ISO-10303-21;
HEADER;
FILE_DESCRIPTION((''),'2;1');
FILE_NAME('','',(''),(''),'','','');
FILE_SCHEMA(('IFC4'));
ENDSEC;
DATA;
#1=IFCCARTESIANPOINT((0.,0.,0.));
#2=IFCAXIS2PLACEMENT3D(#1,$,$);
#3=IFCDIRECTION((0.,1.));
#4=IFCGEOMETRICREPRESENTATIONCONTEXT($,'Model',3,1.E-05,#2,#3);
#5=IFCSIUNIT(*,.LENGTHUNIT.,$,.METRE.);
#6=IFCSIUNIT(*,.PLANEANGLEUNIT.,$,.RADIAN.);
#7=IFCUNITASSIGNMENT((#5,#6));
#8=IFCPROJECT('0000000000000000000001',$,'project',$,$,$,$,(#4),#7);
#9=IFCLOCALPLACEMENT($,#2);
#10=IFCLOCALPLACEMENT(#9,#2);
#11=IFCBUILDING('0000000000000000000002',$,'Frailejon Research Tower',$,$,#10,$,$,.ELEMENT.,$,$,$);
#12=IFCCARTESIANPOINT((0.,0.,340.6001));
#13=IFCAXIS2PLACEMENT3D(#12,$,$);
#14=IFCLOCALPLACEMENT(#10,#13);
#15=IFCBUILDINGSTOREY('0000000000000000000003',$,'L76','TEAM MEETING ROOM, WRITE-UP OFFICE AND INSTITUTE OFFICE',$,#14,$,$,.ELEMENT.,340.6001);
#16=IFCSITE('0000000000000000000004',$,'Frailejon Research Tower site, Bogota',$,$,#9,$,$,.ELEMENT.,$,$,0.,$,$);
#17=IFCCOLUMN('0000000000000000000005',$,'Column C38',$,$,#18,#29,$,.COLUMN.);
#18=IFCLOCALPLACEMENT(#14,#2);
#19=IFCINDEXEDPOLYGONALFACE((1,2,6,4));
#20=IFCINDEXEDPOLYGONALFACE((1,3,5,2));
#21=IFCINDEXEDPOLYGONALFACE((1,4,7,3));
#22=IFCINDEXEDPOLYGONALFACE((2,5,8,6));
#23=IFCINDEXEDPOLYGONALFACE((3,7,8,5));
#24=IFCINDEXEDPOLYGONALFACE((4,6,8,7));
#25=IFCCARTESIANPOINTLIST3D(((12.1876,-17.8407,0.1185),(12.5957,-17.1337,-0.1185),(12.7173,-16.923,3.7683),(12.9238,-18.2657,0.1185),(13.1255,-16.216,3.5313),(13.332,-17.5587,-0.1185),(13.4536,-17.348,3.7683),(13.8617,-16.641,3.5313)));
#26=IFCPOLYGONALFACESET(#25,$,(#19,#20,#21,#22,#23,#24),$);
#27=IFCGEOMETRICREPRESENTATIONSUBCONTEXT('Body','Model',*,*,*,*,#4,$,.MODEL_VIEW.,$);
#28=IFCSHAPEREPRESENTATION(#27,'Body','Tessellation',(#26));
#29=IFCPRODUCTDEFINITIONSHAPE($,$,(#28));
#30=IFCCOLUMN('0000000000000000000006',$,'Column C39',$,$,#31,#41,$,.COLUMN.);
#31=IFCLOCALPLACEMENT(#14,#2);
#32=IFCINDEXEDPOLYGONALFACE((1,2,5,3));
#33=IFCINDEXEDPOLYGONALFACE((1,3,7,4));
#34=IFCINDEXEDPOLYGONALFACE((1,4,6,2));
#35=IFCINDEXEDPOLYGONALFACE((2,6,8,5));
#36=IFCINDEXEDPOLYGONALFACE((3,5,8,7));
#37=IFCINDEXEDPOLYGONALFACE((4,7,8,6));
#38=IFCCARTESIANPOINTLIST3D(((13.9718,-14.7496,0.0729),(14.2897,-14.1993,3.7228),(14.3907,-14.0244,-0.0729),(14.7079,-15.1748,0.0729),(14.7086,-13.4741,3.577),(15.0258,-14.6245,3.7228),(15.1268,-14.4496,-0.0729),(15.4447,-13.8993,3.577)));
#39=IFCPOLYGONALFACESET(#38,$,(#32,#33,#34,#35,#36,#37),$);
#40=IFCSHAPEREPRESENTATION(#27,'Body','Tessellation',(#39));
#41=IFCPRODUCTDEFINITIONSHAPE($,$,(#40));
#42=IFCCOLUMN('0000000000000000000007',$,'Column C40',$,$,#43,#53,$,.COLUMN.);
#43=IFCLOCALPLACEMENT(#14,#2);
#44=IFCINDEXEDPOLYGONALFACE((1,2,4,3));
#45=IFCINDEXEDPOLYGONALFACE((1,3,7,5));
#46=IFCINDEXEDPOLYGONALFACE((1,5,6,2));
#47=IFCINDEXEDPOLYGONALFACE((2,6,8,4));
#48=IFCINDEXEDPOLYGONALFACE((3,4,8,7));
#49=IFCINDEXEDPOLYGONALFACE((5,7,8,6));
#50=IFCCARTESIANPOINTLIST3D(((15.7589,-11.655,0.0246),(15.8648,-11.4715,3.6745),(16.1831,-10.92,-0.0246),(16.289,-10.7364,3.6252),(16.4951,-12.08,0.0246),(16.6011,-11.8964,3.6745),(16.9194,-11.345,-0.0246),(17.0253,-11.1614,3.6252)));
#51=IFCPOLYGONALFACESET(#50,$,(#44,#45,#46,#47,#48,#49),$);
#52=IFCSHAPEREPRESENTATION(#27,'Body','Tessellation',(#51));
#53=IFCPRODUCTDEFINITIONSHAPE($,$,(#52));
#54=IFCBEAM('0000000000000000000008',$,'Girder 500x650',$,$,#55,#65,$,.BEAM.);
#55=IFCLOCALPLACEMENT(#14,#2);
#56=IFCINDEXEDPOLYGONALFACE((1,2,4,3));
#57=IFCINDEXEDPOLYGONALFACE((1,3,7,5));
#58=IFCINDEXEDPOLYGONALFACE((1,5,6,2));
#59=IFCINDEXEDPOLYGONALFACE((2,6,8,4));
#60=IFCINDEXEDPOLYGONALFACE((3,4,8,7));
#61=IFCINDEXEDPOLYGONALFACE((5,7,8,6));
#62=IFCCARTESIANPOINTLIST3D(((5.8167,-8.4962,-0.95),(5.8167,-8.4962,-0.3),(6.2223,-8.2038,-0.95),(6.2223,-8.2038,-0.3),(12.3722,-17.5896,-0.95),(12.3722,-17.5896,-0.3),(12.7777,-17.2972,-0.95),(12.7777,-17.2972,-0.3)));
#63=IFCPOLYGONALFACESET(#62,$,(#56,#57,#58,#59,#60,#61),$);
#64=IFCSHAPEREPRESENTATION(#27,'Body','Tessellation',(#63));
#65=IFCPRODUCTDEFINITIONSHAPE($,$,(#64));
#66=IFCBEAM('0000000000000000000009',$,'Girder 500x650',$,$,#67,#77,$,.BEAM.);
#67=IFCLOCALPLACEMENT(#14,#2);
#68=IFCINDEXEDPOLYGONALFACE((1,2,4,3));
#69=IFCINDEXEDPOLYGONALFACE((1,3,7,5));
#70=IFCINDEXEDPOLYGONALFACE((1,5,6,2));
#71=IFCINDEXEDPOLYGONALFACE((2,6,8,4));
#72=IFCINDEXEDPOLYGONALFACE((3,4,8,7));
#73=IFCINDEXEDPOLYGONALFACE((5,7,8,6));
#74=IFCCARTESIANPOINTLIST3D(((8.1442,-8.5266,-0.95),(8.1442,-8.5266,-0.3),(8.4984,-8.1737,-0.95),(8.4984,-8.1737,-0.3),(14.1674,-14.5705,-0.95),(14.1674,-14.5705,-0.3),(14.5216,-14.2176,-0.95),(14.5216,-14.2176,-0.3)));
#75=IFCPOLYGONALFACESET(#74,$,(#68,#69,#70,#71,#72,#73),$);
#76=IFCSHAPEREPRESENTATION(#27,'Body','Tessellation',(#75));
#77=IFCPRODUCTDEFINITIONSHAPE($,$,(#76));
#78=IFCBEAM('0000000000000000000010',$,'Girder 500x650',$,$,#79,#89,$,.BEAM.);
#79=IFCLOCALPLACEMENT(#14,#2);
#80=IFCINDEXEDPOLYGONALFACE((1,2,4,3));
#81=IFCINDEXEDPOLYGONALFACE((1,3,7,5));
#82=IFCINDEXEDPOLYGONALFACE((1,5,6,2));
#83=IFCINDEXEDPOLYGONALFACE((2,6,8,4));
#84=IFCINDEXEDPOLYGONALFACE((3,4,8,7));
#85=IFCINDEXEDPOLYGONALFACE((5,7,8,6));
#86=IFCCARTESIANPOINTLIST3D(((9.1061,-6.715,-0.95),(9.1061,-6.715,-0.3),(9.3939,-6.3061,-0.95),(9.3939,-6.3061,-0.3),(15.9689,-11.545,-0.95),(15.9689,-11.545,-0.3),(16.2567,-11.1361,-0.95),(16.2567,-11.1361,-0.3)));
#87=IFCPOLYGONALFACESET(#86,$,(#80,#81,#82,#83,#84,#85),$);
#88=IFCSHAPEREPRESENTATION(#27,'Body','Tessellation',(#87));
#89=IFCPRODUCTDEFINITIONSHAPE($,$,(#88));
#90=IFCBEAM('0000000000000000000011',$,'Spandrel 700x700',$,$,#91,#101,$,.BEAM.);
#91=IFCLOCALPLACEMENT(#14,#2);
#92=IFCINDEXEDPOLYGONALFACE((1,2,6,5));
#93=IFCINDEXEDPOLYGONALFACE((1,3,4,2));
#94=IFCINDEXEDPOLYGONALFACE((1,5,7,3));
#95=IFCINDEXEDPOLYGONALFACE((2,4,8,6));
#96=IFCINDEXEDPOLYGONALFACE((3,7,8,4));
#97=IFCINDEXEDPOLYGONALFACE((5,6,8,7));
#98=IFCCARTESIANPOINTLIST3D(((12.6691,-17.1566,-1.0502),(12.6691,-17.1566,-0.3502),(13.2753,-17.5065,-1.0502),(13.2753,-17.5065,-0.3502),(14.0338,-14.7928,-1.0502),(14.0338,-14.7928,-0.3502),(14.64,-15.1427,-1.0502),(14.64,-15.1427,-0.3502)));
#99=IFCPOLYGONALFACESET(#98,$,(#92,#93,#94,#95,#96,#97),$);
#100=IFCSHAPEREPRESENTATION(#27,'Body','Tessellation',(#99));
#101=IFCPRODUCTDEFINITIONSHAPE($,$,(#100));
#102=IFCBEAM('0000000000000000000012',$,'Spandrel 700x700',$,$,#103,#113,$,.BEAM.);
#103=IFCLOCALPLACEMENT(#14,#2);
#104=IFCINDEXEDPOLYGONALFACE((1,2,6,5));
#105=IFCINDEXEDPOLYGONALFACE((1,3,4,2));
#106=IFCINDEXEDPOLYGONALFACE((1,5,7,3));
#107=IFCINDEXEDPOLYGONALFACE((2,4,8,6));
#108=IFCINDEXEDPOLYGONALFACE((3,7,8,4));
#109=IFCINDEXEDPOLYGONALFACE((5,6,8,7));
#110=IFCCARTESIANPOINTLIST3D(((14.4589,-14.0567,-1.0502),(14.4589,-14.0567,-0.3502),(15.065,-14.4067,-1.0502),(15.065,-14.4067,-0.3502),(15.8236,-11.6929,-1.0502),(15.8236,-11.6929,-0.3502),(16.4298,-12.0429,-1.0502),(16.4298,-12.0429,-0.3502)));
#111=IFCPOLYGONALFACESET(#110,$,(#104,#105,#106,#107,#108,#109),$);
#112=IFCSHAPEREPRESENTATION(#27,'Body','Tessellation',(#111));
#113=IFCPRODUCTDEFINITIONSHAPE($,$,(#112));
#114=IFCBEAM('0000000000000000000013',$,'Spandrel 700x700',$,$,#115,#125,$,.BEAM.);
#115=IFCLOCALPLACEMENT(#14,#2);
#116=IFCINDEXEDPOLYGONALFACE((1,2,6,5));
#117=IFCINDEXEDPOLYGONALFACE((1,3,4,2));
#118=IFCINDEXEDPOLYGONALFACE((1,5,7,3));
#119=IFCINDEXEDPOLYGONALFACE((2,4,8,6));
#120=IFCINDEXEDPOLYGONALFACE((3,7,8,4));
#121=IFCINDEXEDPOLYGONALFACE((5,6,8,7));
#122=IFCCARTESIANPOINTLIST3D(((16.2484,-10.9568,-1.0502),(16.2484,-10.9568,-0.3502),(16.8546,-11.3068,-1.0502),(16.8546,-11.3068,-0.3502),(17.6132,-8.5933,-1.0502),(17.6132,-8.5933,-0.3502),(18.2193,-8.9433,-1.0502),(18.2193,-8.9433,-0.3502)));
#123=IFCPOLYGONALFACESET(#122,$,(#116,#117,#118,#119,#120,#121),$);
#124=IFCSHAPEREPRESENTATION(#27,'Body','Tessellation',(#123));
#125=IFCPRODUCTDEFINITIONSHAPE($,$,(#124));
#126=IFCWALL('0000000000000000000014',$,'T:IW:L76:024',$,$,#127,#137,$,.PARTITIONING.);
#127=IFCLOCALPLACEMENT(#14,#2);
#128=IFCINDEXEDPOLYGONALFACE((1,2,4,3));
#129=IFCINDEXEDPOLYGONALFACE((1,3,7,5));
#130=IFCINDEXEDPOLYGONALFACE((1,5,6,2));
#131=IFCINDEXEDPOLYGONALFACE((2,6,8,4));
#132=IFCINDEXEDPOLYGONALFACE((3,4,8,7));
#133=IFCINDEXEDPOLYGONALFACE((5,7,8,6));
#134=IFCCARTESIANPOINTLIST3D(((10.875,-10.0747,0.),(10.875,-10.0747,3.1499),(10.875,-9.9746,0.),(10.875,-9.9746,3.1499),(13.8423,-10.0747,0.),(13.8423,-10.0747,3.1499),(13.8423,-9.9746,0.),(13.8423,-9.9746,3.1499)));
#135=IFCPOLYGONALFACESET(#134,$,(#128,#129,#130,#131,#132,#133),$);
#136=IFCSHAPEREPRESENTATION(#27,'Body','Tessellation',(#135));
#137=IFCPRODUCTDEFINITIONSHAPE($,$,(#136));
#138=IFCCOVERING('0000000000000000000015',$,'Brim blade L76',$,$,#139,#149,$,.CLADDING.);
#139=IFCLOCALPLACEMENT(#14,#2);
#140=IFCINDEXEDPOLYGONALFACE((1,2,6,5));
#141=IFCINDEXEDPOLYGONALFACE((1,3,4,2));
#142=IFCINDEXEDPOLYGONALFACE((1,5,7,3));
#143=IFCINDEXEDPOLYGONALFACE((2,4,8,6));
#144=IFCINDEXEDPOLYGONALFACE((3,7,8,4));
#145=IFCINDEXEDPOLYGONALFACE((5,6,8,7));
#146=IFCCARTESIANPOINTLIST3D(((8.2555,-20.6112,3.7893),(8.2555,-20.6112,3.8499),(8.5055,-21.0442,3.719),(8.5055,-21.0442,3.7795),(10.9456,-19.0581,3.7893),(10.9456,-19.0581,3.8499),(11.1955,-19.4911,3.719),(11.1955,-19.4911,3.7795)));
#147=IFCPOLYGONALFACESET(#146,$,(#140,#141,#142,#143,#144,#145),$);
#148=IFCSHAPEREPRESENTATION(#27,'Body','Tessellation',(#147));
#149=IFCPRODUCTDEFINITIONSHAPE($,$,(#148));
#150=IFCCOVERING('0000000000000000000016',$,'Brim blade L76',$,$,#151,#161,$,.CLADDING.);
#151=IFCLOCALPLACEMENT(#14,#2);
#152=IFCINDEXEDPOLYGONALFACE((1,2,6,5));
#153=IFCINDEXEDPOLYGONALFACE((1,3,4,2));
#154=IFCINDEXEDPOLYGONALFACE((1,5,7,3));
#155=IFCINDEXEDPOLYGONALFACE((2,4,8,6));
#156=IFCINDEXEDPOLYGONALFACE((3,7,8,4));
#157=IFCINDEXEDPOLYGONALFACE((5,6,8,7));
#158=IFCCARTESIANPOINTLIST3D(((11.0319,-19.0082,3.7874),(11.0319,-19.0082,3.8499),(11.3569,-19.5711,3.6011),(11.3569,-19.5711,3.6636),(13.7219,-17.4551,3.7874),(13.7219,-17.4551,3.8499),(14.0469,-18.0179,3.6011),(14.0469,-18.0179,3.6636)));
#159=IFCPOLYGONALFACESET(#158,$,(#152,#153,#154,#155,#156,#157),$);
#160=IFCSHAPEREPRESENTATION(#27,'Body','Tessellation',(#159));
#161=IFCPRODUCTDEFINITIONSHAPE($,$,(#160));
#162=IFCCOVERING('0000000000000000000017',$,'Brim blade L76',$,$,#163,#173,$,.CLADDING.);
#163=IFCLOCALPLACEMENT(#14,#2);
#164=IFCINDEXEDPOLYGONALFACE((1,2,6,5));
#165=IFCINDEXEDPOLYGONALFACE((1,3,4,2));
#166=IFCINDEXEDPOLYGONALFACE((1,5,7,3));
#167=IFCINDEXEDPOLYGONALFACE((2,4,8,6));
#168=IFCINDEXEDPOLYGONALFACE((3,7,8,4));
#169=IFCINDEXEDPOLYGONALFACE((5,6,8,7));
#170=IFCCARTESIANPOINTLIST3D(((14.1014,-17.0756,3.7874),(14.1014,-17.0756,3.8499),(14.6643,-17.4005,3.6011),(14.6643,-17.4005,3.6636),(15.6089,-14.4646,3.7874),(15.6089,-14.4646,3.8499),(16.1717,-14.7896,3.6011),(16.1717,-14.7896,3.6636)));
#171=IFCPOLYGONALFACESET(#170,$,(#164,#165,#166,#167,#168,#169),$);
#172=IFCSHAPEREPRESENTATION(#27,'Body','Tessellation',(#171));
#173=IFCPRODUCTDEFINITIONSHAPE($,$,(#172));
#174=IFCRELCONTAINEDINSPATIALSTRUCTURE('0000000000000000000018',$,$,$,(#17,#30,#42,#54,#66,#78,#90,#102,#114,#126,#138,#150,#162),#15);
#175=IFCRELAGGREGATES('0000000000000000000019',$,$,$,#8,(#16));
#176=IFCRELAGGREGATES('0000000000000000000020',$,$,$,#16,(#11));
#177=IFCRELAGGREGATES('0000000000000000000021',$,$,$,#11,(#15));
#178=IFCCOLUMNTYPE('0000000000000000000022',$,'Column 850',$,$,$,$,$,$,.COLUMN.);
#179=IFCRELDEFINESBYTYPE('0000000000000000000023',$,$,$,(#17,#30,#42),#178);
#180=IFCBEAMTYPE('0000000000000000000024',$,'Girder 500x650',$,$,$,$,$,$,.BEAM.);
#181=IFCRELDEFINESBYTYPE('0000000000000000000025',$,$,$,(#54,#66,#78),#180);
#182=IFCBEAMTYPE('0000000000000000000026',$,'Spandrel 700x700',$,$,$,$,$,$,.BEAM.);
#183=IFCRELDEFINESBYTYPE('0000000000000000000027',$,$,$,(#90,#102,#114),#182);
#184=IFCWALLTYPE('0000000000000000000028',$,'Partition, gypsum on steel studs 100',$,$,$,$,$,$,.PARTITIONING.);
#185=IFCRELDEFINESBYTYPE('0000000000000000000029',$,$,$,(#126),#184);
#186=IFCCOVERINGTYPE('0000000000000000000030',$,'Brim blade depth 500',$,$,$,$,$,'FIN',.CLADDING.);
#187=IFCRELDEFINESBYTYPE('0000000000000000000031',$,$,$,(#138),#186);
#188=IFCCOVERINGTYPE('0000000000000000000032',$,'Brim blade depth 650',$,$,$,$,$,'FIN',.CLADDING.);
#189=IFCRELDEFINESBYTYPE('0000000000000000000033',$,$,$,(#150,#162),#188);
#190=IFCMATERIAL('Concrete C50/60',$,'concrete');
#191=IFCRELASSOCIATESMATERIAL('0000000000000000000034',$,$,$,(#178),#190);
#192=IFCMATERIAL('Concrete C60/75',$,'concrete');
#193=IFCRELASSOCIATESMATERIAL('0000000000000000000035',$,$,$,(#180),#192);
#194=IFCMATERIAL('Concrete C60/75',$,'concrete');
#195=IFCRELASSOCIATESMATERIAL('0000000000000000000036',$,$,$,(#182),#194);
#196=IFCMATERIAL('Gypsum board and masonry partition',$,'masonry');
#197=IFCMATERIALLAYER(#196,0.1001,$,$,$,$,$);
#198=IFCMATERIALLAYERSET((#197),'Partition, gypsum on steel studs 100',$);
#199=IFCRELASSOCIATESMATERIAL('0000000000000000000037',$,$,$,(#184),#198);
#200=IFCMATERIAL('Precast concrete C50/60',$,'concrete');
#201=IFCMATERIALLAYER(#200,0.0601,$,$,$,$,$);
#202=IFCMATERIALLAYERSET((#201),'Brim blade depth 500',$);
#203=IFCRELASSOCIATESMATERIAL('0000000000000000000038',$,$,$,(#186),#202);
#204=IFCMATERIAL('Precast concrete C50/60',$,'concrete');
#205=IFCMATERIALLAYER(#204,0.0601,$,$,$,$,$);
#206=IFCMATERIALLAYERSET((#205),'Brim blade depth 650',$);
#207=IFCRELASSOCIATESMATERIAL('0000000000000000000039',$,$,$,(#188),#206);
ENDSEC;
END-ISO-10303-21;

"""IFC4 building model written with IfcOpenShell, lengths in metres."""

from ifc_helpers import new_model, si_unit, direction, frame, frame_2d, origin, origin_2d, place, context, subcontext, project, spatial, polyline, rectangle, outline, extrude, material, layer, layer_set, material_profile, profile_set, type_object, element, save


model = new_model("IFC4")

# Units and contexts
model_context = context("Model", 3, precision=1e-05, world=origin(), true_north=direction((0.0, 1.0)))
body_context = subcontext(model_context, "Body", "Model", "MODEL_VIEW")
ifc_project = project(units=[si_unit("LENGTHUNIT", "METRE"), si_unit("PLANEANGLEUNIT", "RADIAN")], contexts=[model_context])

# Site, building, storey
site_placement = place(None, origin())
site = spatial("IfcSite", under=ifc_project, at=site_placement, Name="Frailejon Research Tower site, Bogota", CompositionType="ELEMENT", RefElevation=0.0)
building_placement = place(site_placement, origin())
building = spatial("IfcBuilding", under=site, at=building_placement, Name="Frailejon Research Tower", CompositionType="ELEMENT")
storey_placement = place(building_placement, frame((0.0, 0.0, 340.6001)))
storey = spatial("IfcBuildingStorey", under=building, at=storey_placement, Name="L76", Description="TEAM MEETING ROOM, WRITE-UP OFFICE AND INSTITUTE OFFICE", CompositionType="ELEMENT", Elevation=340.6001)

# Columns
ifc_material_1 = material(Name="Concrete C50/60", Category="concrete")
ifc_material_profile_1 = material_profile(ifc_material_1, rectangle(XDim=0.8501, YDim=0.8501, at=origin_2d()), Name="Column 850")
ifc_profile_set_1 = profile_set([ifc_material_profile_1], Name="Concrete C50/60")
column_type = type_object("IfcColumnType", Name="Column 850", PredefinedType="COLUMN", material=ifc_profile_set_1)
column_1_placement = place(storey_placement, frame((12.7598, -17.6997, 0.0), z_axis=(0.139395, 0.241467, 0.960345), x_axis=(0.480157, 0.831692, -0.278814)))
element("IfcColumn", 1, at=column_1_placement, inside=storey, type_object=column_type, Name="Column C38", PredefinedType="COLUMN", context=body_context, shape_type="SweptSolid", body=[
    extrude(rectangle(XDim=0.8501, YDim=0.8501, at=origin_2d()), origin(), (0.0, 0.0, 1.0), 3.8005),
])
column_2_placement = place(storey_placement, frame((14.5493, -14.5996, 0.0), z_axis=(0.085799, 0.148535, 0.985178), x_axis=(0.492791, 0.853073, -0.171534)))
element("IfcColumn", 2, at=column_2_placement, inside=storey, type_object=column_type, Name="Column C39", PredefinedType="COLUMN", context=body_context, shape_type="SweptSolid", body=[
    extrude(rectangle(XDim=0.8501, YDim=0.8501, at=origin_2d()), origin(), (0.0, 0.0, 1.0), 3.7048),
])
column_3_placement = place(storey_placement, frame((16.3391, -11.5, 0.0), z_axis=(0.028981, 0.050216, 0.998318), x_axis=(0.499031, 0.864642, -0.057979)))
element("IfcColumn", 3, at=column_3_placement, inside=storey, type_object=column_type, Name="Column C40", PredefinedType="COLUMN", context=body_context, shape_type="SweptSolid", body=[
    extrude(rectangle(XDim=0.8501, YDim=0.8501, at=origin_2d()), origin(), (0.0, 0.0, 1.0), 3.656),
])

# Beams
ifc_material_2 = material(Name="Concrete C60/75", Category="concrete")
ifc_material_profile_2 = material_profile(ifc_material_2, rectangle(XDim=0.5, YDim=0.6499, at=origin_2d()), Name="Girder 500x650")
ifc_profile_set_2 = profile_set([ifc_material_profile_2], Name="Concrete C60/75")
beam_type_1 = type_object("IfcBeamType", Name="Girder 500x650", PredefinedType="BEAM", material=ifc_profile_set_2)
beam_1_placement = place(storey_placement, frame((12.575, -17.4434, -0.625), z_axis=(-0.584791, 0.811184, 0.0), x_axis=(-0.811184, -0.584791, 0.0)))
element("IfcBeam", 4, at=beam_1_placement, inside=storey, type_object=beam_type_1, Name="Girder 500x650", PredefinedType="BEAM", context=body_context, shape_type="SweptSolid", body=[
    extrude(rectangle(XDim=0.5, YDim=0.6499, at=origin_2d()), origin(), (0.0, 0.0, 1.0), 11.21),
])
beam_2_placement = place(storey_placement, frame((14.3445, -14.394, -0.625), z_axis=(-0.70589, 0.708322, 0.0), x_axis=(-0.708322, -0.70589, 0.0)))
element("IfcBeam", 5, at=beam_2_placement, inside=storey, type_object=beam_type_1, Name="Girder 500x650", PredefinedType="BEAM", context=body_context, shape_type="SweptSolid", body=[
    extrude(rectangle(XDim=0.5, YDim=0.6499, at=origin_2d()), origin(), (0.0, 0.0, 1.0), 8.5327),
])
beam_3_placement = place(storey_placement, frame((16.1128, -11.3406, -0.625), z_axis=(-0.817767, 0.57555, 0.0), x_axis=(-0.57555, -0.817767, 0.0)))
element("IfcBeam", 6, at=beam_3_placement, inside=storey, type_object=beam_type_1, Name="Girder 500x650", PredefinedType="BEAM", context=body_context, shape_type="SweptSolid", body=[
    extrude(rectangle(XDim=0.5, YDim=0.6499, at=origin_2d()), origin(), (0.0, 0.0, 1.0), 8.3921),
])
ifc_material_3 = material(Name="Concrete C60/75", Category="concrete")
ifc_material_profile_3 = material_profile(ifc_material_3, rectangle(XDim=0.7, YDim=0.7, at=origin_2d()), Name="Spandrel 700x700")
ifc_profile_set_3 = profile_set([ifc_material_profile_3], Name="Concrete C60/75")
beam_type_2 = type_object("IfcBeamType", Name="Spandrel 700x700", PredefinedType="BEAM", material=ifc_profile_set_3)
for number, where, z_axis, x_axis, name in (
    (7, (12.9722, -17.3315, -0.7002), (0.500006, 0.866022, 0.0), (-0.866022, 0.500006, 0.0), "Spandrel 700x700"),
    (8, (14.762, -14.2317, -0.7002), (0.500006, 0.866022, 0.0), (-0.866022, 0.500006, 0.0), "Spandrel 700x700"),
):
    element("IfcBeam", number, at=place(storey_placement, frame(where, z_axis=z_axis, x_axis=x_axis)), inside=storey, type_object=beam_type_2, Name=name, PredefinedType="BEAM", context=body_context, shape_type="SweptSolid", body=[
        extrude(rectangle(XDim=0.7, YDim=0.7, at=origin_2d()), origin(), (0.0, 0.0, 1.0), 2.7295),
    ])
beam_4_placement = place(storey_placement, frame((16.5515, -11.1318, -0.7002), z_axis=(0.500045, 0.865999, 0.0), x_axis=(-0.865999, 0.500045, 0.0)))
element("IfcBeam", 9, at=beam_4_placement, inside=storey, type_object=beam_type_2, Name="Spandrel 700x700", PredefinedType="BEAM", context=body_context, shape_type="SweptSolid", body=[
    extrude(rectangle(XDim=0.7, YDim=0.7, at=origin_2d()), origin(), (0.0, 0.0, 1.0), 2.7292),
])

# Wall
ifc_material_4 = material(Name="Gypsum board and masonry partition", Category="masonry")
ifc_layer_1 = layer(ifc_material_4, 0.1001)
ifc_layer_set_1 = layer_set([ifc_layer_1], Name="Partition, gypsum on steel studs 100")
wall_type = type_object("IfcWallType", Name="Partition, gypsum on steel studs 100", PredefinedType="PARTITIONING", material=ifc_layer_set_1)
wall_placement = place(storey_placement, frame((10.875, -10.0247, 0.0), z_axis=(0.0, 0.0, 1.0), x_axis=(1.0, 0.0, 0.0)))
element("IfcWall", 10, at=wall_placement, inside=storey, type_object=wall_type, Name="T:IW:L76:024", PredefinedType="PARTITIONING", context=body_context, shape_type="SweptSolid", body=[
    extrude(rectangle(XDim=2.9673, YDim=0.1001, at=frame_2d((1.4836, 0.0))), origin(), (0.0, 0.0, 1.0), 3.1499),
])

# Coverings
ifc_material_5 = material(Name="Precast concrete C50/60", Category="concrete")
ifc_layer_2 = layer(ifc_material_5, 0.0601)
ifc_layer_set_2 = layer_set([ifc_layer_2], Name="Brim blade depth 500")
covering_type_1 = type_object("IfcCoveringType", Name="Brim blade depth 500", ElementType="FIN", PredefinedType="CLADDING", material=ifc_layer_set_2)
covering_1_placement = place(storey_placement, frame((10.9456, -19.0581, 3.8499), z_axis=(-0.866035, -0.499983, 0.0), x_axis=(0.499983, -0.866035, 0.0)))
element("IfcCovering", 11, at=covering_1_placement, inside=storey, type_object=covering_type_1, Name="Brim blade L76", PredefinedType="CLADDING", context=body_context, shape_type="SweptSolid", body=[
    extrude(outline(polyline([(0.0, -0.0605), (0.5, -0.1309), (0.5, -0.0703), (0.0, 0.0), (0.0, -0.0605)])), origin(), (0.0, 0.0, 1.0), 3.1062),
])
ifc_material_6 = material(Name="Precast concrete C50/60", Category="concrete")
ifc_layer_3 = layer(ifc_material_6, 0.0601)
ifc_layer_set_3 = layer_set([ifc_layer_3], Name="Brim blade depth 650")
covering_type_2 = type_object("IfcCoveringType", Name="Brim blade depth 650", ElementType="FIN", PredefinedType="CLADDING", material=ifc_layer_set_3)
covering_2_placement = place(storey_placement, frame((13.7219, -17.4551, 3.8499), z_axis=(-0.866014, -0.50002, 0.0), x_axis=(0.50002, -0.866014, 0.0)))
element("IfcCovering", 12, at=covering_2_placement, inside=storey, type_object=covering_type_2, Name="Brim blade L76", PredefinedType="CLADDING", context=body_context, shape_type="SweptSolid", body=[
    extrude(outline(polyline([(0.0, -0.0625), (0.6499, -0.2488), (0.6499, -0.1863), (0.0, 0.0), (0.0, -0.0625)])), origin(), (0.0, 0.0, 1.0), 3.1062),
])
covering_3_placement = place(storey_placement, frame((15.6089, -14.4646, 3.8499), z_axis=(-0.499999, -0.866026, 0.0), x_axis=(0.866026, -0.499999, 0.0)))
element("IfcCovering", 13, at=covering_3_placement, inside=storey, type_object=covering_type_2, Name="Brim blade L76", PredefinedType="CLADDING", context=body_context, shape_type="SweptSolid", body=[
    extrude(outline(polyline([(0.0, -0.0625), (0.6499, -0.2488), (0.6499, -0.1863), (0.0, 0.0), (0.0, -0.0625)])), origin(), (0.0, 0.0, 1.0), 3.0149),
])

save(model, "model.ifc")
